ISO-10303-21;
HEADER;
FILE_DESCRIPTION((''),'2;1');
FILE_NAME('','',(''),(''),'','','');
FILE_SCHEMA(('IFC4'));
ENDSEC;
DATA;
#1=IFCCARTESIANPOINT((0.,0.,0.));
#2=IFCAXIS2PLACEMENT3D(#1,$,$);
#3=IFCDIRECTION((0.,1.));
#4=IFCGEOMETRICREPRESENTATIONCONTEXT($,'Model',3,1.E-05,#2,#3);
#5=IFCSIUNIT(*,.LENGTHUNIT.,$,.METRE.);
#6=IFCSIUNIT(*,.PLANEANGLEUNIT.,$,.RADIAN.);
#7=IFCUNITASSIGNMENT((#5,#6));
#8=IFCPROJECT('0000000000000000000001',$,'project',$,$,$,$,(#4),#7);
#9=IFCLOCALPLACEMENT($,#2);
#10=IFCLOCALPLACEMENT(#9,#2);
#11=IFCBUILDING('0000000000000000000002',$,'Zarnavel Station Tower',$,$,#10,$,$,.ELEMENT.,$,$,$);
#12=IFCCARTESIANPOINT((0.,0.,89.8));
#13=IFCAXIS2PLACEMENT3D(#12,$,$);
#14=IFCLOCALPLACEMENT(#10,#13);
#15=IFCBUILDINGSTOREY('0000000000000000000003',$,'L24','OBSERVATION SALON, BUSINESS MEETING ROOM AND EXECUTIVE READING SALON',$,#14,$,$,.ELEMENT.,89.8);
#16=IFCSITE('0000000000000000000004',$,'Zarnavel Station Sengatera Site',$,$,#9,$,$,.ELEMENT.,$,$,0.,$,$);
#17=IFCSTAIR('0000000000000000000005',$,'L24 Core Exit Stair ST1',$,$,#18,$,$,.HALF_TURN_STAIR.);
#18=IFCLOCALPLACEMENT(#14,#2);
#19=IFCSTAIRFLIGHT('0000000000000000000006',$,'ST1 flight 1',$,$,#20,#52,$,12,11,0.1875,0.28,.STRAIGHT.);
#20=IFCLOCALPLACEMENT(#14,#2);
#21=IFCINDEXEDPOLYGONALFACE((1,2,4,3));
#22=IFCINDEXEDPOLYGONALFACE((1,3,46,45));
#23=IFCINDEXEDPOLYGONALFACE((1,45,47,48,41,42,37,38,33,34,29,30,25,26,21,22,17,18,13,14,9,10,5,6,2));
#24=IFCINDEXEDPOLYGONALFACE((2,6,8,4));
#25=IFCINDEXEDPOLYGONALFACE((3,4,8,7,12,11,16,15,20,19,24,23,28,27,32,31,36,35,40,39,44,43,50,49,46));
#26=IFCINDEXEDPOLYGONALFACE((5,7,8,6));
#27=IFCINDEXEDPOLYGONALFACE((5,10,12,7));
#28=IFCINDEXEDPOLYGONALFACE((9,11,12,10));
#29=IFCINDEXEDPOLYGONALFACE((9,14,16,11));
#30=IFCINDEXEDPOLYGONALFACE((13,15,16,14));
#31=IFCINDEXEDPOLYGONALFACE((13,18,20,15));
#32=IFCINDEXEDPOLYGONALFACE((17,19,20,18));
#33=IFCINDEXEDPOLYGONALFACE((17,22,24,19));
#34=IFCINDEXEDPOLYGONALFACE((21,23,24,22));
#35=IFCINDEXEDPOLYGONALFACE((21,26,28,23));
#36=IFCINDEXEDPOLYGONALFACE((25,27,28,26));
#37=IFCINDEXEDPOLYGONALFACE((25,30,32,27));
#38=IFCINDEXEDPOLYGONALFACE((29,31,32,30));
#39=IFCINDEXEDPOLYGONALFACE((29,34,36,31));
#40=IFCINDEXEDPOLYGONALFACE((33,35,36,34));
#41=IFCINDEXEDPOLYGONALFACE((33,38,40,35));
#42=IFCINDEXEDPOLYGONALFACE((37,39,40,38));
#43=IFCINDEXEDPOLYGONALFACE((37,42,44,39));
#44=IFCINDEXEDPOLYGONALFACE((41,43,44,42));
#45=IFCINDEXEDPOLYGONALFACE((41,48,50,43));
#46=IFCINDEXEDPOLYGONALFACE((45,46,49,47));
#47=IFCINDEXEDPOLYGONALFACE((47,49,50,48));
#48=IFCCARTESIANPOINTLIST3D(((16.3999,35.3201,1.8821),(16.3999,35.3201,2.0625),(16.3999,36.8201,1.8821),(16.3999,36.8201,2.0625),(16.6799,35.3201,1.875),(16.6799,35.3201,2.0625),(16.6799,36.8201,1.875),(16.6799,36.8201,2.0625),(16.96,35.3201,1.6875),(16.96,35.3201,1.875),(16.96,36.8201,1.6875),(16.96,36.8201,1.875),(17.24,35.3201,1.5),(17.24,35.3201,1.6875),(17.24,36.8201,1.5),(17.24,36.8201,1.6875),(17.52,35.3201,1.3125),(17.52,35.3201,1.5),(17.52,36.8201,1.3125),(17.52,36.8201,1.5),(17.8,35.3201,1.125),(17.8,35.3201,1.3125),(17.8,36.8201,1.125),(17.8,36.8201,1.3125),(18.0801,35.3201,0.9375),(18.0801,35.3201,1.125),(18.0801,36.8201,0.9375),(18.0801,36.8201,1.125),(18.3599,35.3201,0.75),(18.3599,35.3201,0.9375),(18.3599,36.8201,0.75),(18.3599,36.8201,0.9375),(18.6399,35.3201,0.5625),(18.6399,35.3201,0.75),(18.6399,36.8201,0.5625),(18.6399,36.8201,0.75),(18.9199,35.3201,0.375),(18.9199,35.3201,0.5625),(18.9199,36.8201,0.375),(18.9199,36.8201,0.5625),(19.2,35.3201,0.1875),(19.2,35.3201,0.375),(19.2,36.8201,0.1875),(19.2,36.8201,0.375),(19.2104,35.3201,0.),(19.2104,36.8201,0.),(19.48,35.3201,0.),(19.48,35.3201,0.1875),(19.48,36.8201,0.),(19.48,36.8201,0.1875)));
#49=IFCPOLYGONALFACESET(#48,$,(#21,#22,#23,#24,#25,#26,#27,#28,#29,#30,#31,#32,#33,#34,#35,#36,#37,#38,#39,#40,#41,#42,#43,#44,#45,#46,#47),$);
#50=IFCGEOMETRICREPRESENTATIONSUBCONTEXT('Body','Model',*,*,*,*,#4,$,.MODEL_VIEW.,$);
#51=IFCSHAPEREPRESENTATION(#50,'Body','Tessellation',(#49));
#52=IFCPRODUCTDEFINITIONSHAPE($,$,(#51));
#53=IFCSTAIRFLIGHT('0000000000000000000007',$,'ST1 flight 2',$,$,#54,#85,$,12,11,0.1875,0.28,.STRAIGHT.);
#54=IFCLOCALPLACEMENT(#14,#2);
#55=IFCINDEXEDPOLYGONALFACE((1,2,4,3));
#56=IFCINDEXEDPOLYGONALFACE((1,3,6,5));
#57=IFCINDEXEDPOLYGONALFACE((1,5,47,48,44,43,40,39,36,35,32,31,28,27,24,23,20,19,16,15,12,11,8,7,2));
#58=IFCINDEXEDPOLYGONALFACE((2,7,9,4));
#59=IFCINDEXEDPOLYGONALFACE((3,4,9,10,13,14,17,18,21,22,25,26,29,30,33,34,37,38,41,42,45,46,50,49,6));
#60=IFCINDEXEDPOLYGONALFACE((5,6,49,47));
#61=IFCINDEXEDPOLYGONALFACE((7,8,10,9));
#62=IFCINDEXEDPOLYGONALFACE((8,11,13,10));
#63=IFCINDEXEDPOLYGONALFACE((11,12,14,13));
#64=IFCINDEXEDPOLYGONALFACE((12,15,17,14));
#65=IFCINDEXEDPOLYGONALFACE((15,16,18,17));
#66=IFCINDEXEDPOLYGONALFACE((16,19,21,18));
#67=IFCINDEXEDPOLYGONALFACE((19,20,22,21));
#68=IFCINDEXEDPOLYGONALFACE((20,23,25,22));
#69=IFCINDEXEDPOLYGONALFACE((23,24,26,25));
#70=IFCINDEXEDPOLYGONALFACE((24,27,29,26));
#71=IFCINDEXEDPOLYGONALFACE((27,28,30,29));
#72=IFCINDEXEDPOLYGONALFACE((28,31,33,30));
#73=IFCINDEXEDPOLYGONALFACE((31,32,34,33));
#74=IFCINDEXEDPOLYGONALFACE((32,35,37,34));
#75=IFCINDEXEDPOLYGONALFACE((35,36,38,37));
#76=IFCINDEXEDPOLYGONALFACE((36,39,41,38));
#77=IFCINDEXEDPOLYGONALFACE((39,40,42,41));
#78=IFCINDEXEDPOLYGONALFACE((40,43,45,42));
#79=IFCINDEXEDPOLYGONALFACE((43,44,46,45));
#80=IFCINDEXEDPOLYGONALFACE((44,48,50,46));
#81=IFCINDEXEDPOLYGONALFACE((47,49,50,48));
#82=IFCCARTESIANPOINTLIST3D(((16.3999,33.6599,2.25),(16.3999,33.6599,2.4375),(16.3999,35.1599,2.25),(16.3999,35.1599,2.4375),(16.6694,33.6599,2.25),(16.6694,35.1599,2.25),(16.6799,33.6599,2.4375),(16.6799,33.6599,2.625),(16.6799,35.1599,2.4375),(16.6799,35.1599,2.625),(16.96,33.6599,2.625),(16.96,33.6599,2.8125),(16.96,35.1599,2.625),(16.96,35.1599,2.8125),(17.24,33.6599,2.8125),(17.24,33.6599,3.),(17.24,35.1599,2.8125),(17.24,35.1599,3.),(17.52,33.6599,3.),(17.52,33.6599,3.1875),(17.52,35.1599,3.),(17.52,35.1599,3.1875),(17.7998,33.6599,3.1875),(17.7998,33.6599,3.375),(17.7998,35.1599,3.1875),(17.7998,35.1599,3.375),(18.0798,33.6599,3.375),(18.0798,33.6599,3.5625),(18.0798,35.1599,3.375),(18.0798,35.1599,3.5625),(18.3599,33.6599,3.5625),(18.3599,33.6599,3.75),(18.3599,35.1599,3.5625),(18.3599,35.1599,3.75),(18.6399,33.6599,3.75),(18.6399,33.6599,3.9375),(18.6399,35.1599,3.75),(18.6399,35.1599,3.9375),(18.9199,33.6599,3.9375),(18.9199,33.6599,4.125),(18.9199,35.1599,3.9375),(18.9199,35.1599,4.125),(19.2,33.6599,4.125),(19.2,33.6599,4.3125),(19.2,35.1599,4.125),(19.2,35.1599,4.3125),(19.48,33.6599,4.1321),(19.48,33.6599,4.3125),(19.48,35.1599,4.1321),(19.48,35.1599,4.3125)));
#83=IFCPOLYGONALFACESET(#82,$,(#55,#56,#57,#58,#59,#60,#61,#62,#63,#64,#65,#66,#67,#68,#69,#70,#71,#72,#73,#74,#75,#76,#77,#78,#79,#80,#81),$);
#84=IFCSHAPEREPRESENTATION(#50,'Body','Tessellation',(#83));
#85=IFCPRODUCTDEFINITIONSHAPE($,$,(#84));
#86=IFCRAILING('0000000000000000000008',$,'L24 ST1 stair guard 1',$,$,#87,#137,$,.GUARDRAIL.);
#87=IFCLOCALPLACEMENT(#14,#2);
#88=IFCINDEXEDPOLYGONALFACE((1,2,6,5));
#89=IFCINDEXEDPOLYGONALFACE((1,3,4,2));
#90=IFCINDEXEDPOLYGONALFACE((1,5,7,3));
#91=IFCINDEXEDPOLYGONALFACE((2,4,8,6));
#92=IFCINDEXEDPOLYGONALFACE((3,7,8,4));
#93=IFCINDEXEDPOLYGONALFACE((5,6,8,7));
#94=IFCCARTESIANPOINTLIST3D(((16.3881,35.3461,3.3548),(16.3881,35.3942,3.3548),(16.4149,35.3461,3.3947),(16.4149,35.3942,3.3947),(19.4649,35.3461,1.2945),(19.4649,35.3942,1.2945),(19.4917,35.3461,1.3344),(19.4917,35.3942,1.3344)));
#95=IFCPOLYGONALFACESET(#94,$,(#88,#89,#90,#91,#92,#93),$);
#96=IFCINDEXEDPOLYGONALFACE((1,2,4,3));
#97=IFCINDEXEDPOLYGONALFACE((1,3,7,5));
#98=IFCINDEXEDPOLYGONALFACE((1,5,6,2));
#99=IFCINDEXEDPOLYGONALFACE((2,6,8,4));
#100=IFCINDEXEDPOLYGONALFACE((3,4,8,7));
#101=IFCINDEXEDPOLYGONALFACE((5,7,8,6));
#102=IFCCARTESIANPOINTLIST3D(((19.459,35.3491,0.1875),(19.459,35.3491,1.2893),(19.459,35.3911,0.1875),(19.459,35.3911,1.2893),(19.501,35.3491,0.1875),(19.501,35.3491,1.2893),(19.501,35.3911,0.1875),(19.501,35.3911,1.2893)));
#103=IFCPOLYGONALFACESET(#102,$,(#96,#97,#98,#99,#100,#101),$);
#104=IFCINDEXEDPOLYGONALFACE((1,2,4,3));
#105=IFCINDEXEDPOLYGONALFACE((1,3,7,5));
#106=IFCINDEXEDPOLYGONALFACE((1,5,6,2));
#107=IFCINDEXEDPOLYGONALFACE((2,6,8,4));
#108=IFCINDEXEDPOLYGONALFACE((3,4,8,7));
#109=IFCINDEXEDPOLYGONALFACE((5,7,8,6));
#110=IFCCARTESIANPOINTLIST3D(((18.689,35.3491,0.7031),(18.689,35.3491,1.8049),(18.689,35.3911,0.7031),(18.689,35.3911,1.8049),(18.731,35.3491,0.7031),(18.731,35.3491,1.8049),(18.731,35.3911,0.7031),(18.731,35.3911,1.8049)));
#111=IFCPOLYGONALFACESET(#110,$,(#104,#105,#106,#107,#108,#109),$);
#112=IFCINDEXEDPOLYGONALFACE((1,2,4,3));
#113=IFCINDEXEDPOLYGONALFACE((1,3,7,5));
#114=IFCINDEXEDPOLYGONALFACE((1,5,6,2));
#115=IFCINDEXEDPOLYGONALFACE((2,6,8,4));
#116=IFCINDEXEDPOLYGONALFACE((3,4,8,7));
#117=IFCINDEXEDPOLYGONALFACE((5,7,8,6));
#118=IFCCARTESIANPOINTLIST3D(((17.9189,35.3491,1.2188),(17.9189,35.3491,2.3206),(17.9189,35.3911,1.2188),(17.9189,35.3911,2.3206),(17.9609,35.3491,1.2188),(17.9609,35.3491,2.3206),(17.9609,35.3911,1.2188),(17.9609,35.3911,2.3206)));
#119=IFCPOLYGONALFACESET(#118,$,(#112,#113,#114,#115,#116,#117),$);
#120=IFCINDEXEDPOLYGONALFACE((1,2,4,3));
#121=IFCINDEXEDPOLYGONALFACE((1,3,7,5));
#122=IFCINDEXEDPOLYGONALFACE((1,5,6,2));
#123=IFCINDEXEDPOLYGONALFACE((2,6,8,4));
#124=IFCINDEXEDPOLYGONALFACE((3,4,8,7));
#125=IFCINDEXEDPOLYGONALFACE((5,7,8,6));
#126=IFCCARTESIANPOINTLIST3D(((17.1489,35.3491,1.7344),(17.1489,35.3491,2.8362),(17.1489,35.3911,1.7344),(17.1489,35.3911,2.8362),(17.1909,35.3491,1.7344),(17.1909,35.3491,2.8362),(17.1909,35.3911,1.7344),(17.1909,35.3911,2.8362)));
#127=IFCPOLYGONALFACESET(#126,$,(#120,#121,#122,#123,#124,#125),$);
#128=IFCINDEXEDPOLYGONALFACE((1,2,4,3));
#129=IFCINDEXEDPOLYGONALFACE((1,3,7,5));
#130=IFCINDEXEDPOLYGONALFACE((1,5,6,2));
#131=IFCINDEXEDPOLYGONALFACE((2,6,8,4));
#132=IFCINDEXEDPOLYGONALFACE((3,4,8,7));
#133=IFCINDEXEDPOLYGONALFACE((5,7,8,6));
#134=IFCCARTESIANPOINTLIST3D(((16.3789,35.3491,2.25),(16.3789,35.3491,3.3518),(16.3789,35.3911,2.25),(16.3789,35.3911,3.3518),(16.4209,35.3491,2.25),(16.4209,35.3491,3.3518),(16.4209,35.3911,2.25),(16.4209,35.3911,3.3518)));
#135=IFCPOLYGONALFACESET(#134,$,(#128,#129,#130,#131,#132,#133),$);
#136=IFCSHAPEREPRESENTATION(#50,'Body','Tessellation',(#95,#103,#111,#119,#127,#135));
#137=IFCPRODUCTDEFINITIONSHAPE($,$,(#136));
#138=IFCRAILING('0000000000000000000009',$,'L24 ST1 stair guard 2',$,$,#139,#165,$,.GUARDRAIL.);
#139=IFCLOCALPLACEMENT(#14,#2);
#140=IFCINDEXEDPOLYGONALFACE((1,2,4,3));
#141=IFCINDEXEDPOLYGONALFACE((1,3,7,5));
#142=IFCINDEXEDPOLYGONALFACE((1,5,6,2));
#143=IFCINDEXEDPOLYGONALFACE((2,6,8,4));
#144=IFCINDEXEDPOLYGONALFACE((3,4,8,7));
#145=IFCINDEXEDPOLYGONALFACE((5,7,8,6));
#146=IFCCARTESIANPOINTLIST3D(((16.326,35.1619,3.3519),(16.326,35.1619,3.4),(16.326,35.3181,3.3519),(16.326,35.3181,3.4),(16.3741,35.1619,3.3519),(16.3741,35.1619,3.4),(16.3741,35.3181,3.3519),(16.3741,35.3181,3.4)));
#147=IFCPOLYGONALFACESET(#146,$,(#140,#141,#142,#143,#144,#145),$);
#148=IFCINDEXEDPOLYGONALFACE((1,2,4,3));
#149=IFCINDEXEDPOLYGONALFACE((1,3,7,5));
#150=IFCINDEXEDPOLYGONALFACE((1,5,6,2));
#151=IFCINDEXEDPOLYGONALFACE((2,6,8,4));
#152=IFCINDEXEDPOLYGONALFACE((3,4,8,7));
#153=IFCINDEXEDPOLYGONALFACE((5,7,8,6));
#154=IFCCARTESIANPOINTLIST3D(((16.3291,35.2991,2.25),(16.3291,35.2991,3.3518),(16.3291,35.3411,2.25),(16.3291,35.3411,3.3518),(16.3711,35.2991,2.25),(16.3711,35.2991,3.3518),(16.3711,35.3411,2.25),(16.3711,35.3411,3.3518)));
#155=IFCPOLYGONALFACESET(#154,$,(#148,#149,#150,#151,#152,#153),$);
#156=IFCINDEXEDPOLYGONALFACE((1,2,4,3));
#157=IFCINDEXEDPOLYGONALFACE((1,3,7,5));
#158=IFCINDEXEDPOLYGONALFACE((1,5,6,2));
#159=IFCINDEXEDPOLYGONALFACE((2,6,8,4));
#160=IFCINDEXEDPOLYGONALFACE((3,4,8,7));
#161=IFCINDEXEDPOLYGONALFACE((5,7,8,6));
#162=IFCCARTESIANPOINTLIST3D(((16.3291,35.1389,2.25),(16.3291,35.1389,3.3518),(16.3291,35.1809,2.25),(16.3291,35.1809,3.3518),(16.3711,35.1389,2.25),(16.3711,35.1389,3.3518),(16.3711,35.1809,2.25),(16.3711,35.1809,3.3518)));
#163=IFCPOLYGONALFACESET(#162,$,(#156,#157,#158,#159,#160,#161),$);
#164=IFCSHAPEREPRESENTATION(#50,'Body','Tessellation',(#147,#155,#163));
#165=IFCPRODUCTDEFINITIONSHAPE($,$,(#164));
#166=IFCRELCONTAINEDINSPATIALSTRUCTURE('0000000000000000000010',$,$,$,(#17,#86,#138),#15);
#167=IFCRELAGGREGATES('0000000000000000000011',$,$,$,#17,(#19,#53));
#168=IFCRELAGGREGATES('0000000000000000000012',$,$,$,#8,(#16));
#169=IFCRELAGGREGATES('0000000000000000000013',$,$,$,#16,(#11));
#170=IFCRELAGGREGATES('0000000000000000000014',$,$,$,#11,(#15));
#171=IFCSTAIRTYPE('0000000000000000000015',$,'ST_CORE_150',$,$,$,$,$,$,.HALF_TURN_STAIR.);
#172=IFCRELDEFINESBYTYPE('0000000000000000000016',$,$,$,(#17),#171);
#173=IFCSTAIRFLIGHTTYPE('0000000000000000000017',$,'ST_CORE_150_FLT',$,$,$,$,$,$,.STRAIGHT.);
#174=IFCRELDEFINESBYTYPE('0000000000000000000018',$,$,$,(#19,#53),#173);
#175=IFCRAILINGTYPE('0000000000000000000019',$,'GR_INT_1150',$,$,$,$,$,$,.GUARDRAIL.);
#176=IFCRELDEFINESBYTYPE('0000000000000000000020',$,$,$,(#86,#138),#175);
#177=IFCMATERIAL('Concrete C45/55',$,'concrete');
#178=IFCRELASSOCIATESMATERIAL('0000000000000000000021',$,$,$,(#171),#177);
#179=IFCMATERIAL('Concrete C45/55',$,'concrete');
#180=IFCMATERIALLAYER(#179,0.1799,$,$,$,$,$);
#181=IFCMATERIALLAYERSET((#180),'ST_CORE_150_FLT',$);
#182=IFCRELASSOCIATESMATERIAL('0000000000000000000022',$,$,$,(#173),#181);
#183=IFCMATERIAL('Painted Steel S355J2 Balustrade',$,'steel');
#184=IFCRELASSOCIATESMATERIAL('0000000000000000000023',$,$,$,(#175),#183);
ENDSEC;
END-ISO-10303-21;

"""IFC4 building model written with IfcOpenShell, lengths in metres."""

from ifc_helpers import new_model, si_unit, direction, frame, origin, origin_2d, place, context, subcontext, project, spatial, polyline, rectangle, outline, extrude, material, layer, layer_set, type_object, element, aggregate, save


model = new_model("IFC4")

# Units and contexts
model_context = context("Model", 3, precision=1e-05, world=origin(), true_north=direction((0.0, 1.0)))
body_context = subcontext(model_context, "Body", "Model", "MODEL_VIEW")
ifc_project = project(units=[si_unit("LENGTHUNIT", "METRE"), si_unit("PLANEANGLEUNIT", "RADIAN")], contexts=[model_context])

# Site, building, storey
site_placement = place(None, origin())
site = spatial("IfcSite", under=ifc_project, at=site_placement, Name="Zarnavel Station Sengatera Site", CompositionType="ELEMENT", RefElevation=0.0)
building_placement = place(site_placement, origin())
building = spatial("IfcBuilding", under=site, at=building_placement, Name="Zarnavel Station Tower", CompositionType="ELEMENT")
storey_placement = place(building_placement, frame((0.0, 0.0, 89.8)))
storey = spatial("IfcBuildingStorey", under=building, at=storey_placement, Name="L24", Description="OBSERVATION SALON, BUSINESS MEETING ROOM AND EXECUTIVE READING SALON", CompositionType="ELEMENT", Elevation=89.8)

# Stair, stair flights
ifc_material_1 = material(Name="Concrete C45/55", Category="concrete")
stair_type = type_object("IfcStairType", Name="ST_CORE_150", PredefinedType="HALF_TURN_STAIR", material=ifc_material_1)
stair_placement = place(storey_placement, origin())
stair = element("IfcStair", 1, at=stair_placement, inside=storey, type_object=stair_type, Name="L24 Core Exit Stair ST1", PredefinedType="HALF_TURN_STAIR")
ifc_material_2 = material(Name="Concrete C45/55", Category="concrete")
ifc_layer_1 = layer(ifc_material_2, 0.1799)
ifc_layer_set_1 = layer_set([ifc_layer_1], Name="ST_CORE_150_FLT")
stair_flight_type = type_object("IfcStairFlightType", Name="ST_CORE_150_FLT", PredefinedType="STRAIGHT", material=ifc_layer_set_1)
stair_flight_1_placement = place(storey_placement, frame((19.48, 36.0701, 0.0), z_axis=(0.0, 0.0, 1.0), x_axis=(-1.0, 0.0, 0.0)))
stair_flight_1 = element("IfcStairFlight", 2, at=stair_flight_1_placement, type_object=stair_flight_type, Name="ST1 flight 1", NumberOfRisers=12, NumberOfTreads=11, PredefinedType="STRAIGHT", RiserHeight=0.1875, TreadLength=0.28, context=body_context, shape_type="SweptSolid", body=[
    extrude(outline(polyline([(0.0, 0.0), (0.0, 0.1875), (0.28, 0.1875), (0.28, 0.375), (0.5601, 0.375), (0.5601, 0.5625), (0.8401, 0.5625), (0.8401, 0.75), (1.1201, 0.75), (1.1201, 0.9375), (1.3999, 0.9375), (1.3999, 1.125), (1.6799, 1.125), (1.6799, 1.3125), (1.96, 1.3125), (1.96, 1.5), (2.24, 1.5), (2.24, 1.6875), (2.52, 1.6875), (2.52, 1.875), (2.8, 1.875), (2.8, 2.0625), (3.0801, 2.0625), (3.0801, 2.25), (3.0801, 1.8821), (0.2695, 0.0), (0.0, 0.0)])), frame((0.0, 0.75, 0.0), z_axis=(0.0, -1.0, 0.0), x_axis=(1.0, 0.0, 0.0)), (0.0, 0.0, 1.0), 1.5),
])
stair_flight_2_placement = place(storey_placement, frame((16.3999, 34.4099, 2.25), z_axis=(0.0, 0.0, 1.0), x_axis=(1.0, 0.0, 0.0)))
stair_flight_2 = element("IfcStairFlight", 3, at=stair_flight_2_placement, type_object=stair_flight_type, Name="ST1 flight 2", NumberOfRisers=12, NumberOfTreads=11, PredefinedType="STRAIGHT", RiserHeight=0.1875, TreadLength=0.28, context=body_context, shape_type="SweptSolid", body=[
    extrude(outline(polyline([(0.0, 0.0), (0.0, 0.1875), (0.28, 0.1875), (0.28, 0.375), (0.5601, 0.375), (0.5601, 0.5625), (0.8401, 0.5625), (0.8401, 0.75), (1.1201, 0.75), (1.1201, 0.9375), (1.3999, 0.9375), (1.3999, 1.125), (1.6799, 1.125), (1.6799, 1.3125), (1.96, 1.3125), (1.96, 1.5), (2.24, 1.5), (2.24, 1.6875), (2.52, 1.6875), (2.52, 1.875), (2.8, 1.875), (2.8, 2.0625), (3.0801, 2.0625), (3.0801, 2.25), (3.0801, 1.8821), (0.2695, 0.0), (0.0, 0.0)])), frame((0.0, 0.75, 0.0), z_axis=(0.0, -1.0, 0.0), x_axis=(1.0, 0.0, 0.0)), (0.0, 0.0, 1.0), 1.5),
])
aggregate(stair, [stair_flight_1, stair_flight_2])

# Railings
ifc_material_3 = material(Name="Painted Steel S355J2 Balustrade", Category="steel")
railing_type_1 = type_object("IfcRailingType", Name="GR_INT_1150", PredefinedType="GUARDRAIL", material=ifc_material_3)
railing_1_placement = place(storey_placement, frame((19.48, 35.3701, 0.1875)))
element("IfcRailing", 4, at=railing_1_placement, inside=storey, type_object=railing_type_1, Name="L24 ST1 stair guard 1", PredefinedType="GUARDRAIL", context=body_context, shape_type="SweptSolid", body=[
    extrude(rectangle(XDim=0.0481, YDim=0.0481, at=origin_2d()), frame((-0.0017, 0.0, 1.127), z_axis=(-0.830914, 0.0, 0.556401), x_axis=(0.0, -1.0, 0.0)), (0.0, 0.0, 1.0), 3.7029),
    extrude(rectangle(XDim=0.042, YDim=0.042, at=origin_2d()), origin(), (0.0, 0.0, 1.0), 1.1018),
    extrude(rectangle(XDim=0.042, YDim=0.042, at=origin_2d()), frame((-0.77, 0.0, 0.5156)), (0.0, 0.0, 1.0), 1.1018),
    extrude(rectangle(XDim=0.042, YDim=0.042, at=origin_2d()), frame((-1.54, 0.0, 1.0312)), (0.0, 0.0, 1.0), 1.1018),
    extrude(rectangle(XDim=0.042, YDim=0.042, at=origin_2d()), frame((-2.3101, 0.0, 1.5469)), (0.0, 0.0, 1.0), 1.1018),
    extrude(rectangle(XDim=0.042, YDim=0.042, at=origin_2d()), frame((-3.0801, 0.0, 2.0625)), (0.0, 0.0, 1.0), 1.1018),
])
railing_2_placement = place(storey_placement, frame((16.3501, 35.3201, 2.25)))
element("IfcRailing", 5, at=railing_2_placement, inside=storey, type_object=railing_type_1, Name="L24 ST1 stair guard 2", PredefinedType="GUARDRAIL", context=body_context, shape_type="SweptSolid", body=[
    extrude(rectangle(XDim=0.0481, YDim=0.0481, at=origin_2d()), frame((0.0, -0.002, 1.126), z_axis=(0.0, -1.0, 0.0), x_axis=(1.0, 0.0, 0.0)), (0.0, 0.0, 1.0), 0.1562),
    extrude(rectangle(XDim=0.042, YDim=0.042, at=origin_2d()), origin(), (0.0, 0.0, 1.0), 1.1018),
    extrude(rectangle(XDim=0.042, YDim=0.042, at=origin_2d()), frame((0.0, -0.1602, 0.0)), (0.0, 0.0, 1.0), 1.1018),
])

save(model, "model.ifc")
